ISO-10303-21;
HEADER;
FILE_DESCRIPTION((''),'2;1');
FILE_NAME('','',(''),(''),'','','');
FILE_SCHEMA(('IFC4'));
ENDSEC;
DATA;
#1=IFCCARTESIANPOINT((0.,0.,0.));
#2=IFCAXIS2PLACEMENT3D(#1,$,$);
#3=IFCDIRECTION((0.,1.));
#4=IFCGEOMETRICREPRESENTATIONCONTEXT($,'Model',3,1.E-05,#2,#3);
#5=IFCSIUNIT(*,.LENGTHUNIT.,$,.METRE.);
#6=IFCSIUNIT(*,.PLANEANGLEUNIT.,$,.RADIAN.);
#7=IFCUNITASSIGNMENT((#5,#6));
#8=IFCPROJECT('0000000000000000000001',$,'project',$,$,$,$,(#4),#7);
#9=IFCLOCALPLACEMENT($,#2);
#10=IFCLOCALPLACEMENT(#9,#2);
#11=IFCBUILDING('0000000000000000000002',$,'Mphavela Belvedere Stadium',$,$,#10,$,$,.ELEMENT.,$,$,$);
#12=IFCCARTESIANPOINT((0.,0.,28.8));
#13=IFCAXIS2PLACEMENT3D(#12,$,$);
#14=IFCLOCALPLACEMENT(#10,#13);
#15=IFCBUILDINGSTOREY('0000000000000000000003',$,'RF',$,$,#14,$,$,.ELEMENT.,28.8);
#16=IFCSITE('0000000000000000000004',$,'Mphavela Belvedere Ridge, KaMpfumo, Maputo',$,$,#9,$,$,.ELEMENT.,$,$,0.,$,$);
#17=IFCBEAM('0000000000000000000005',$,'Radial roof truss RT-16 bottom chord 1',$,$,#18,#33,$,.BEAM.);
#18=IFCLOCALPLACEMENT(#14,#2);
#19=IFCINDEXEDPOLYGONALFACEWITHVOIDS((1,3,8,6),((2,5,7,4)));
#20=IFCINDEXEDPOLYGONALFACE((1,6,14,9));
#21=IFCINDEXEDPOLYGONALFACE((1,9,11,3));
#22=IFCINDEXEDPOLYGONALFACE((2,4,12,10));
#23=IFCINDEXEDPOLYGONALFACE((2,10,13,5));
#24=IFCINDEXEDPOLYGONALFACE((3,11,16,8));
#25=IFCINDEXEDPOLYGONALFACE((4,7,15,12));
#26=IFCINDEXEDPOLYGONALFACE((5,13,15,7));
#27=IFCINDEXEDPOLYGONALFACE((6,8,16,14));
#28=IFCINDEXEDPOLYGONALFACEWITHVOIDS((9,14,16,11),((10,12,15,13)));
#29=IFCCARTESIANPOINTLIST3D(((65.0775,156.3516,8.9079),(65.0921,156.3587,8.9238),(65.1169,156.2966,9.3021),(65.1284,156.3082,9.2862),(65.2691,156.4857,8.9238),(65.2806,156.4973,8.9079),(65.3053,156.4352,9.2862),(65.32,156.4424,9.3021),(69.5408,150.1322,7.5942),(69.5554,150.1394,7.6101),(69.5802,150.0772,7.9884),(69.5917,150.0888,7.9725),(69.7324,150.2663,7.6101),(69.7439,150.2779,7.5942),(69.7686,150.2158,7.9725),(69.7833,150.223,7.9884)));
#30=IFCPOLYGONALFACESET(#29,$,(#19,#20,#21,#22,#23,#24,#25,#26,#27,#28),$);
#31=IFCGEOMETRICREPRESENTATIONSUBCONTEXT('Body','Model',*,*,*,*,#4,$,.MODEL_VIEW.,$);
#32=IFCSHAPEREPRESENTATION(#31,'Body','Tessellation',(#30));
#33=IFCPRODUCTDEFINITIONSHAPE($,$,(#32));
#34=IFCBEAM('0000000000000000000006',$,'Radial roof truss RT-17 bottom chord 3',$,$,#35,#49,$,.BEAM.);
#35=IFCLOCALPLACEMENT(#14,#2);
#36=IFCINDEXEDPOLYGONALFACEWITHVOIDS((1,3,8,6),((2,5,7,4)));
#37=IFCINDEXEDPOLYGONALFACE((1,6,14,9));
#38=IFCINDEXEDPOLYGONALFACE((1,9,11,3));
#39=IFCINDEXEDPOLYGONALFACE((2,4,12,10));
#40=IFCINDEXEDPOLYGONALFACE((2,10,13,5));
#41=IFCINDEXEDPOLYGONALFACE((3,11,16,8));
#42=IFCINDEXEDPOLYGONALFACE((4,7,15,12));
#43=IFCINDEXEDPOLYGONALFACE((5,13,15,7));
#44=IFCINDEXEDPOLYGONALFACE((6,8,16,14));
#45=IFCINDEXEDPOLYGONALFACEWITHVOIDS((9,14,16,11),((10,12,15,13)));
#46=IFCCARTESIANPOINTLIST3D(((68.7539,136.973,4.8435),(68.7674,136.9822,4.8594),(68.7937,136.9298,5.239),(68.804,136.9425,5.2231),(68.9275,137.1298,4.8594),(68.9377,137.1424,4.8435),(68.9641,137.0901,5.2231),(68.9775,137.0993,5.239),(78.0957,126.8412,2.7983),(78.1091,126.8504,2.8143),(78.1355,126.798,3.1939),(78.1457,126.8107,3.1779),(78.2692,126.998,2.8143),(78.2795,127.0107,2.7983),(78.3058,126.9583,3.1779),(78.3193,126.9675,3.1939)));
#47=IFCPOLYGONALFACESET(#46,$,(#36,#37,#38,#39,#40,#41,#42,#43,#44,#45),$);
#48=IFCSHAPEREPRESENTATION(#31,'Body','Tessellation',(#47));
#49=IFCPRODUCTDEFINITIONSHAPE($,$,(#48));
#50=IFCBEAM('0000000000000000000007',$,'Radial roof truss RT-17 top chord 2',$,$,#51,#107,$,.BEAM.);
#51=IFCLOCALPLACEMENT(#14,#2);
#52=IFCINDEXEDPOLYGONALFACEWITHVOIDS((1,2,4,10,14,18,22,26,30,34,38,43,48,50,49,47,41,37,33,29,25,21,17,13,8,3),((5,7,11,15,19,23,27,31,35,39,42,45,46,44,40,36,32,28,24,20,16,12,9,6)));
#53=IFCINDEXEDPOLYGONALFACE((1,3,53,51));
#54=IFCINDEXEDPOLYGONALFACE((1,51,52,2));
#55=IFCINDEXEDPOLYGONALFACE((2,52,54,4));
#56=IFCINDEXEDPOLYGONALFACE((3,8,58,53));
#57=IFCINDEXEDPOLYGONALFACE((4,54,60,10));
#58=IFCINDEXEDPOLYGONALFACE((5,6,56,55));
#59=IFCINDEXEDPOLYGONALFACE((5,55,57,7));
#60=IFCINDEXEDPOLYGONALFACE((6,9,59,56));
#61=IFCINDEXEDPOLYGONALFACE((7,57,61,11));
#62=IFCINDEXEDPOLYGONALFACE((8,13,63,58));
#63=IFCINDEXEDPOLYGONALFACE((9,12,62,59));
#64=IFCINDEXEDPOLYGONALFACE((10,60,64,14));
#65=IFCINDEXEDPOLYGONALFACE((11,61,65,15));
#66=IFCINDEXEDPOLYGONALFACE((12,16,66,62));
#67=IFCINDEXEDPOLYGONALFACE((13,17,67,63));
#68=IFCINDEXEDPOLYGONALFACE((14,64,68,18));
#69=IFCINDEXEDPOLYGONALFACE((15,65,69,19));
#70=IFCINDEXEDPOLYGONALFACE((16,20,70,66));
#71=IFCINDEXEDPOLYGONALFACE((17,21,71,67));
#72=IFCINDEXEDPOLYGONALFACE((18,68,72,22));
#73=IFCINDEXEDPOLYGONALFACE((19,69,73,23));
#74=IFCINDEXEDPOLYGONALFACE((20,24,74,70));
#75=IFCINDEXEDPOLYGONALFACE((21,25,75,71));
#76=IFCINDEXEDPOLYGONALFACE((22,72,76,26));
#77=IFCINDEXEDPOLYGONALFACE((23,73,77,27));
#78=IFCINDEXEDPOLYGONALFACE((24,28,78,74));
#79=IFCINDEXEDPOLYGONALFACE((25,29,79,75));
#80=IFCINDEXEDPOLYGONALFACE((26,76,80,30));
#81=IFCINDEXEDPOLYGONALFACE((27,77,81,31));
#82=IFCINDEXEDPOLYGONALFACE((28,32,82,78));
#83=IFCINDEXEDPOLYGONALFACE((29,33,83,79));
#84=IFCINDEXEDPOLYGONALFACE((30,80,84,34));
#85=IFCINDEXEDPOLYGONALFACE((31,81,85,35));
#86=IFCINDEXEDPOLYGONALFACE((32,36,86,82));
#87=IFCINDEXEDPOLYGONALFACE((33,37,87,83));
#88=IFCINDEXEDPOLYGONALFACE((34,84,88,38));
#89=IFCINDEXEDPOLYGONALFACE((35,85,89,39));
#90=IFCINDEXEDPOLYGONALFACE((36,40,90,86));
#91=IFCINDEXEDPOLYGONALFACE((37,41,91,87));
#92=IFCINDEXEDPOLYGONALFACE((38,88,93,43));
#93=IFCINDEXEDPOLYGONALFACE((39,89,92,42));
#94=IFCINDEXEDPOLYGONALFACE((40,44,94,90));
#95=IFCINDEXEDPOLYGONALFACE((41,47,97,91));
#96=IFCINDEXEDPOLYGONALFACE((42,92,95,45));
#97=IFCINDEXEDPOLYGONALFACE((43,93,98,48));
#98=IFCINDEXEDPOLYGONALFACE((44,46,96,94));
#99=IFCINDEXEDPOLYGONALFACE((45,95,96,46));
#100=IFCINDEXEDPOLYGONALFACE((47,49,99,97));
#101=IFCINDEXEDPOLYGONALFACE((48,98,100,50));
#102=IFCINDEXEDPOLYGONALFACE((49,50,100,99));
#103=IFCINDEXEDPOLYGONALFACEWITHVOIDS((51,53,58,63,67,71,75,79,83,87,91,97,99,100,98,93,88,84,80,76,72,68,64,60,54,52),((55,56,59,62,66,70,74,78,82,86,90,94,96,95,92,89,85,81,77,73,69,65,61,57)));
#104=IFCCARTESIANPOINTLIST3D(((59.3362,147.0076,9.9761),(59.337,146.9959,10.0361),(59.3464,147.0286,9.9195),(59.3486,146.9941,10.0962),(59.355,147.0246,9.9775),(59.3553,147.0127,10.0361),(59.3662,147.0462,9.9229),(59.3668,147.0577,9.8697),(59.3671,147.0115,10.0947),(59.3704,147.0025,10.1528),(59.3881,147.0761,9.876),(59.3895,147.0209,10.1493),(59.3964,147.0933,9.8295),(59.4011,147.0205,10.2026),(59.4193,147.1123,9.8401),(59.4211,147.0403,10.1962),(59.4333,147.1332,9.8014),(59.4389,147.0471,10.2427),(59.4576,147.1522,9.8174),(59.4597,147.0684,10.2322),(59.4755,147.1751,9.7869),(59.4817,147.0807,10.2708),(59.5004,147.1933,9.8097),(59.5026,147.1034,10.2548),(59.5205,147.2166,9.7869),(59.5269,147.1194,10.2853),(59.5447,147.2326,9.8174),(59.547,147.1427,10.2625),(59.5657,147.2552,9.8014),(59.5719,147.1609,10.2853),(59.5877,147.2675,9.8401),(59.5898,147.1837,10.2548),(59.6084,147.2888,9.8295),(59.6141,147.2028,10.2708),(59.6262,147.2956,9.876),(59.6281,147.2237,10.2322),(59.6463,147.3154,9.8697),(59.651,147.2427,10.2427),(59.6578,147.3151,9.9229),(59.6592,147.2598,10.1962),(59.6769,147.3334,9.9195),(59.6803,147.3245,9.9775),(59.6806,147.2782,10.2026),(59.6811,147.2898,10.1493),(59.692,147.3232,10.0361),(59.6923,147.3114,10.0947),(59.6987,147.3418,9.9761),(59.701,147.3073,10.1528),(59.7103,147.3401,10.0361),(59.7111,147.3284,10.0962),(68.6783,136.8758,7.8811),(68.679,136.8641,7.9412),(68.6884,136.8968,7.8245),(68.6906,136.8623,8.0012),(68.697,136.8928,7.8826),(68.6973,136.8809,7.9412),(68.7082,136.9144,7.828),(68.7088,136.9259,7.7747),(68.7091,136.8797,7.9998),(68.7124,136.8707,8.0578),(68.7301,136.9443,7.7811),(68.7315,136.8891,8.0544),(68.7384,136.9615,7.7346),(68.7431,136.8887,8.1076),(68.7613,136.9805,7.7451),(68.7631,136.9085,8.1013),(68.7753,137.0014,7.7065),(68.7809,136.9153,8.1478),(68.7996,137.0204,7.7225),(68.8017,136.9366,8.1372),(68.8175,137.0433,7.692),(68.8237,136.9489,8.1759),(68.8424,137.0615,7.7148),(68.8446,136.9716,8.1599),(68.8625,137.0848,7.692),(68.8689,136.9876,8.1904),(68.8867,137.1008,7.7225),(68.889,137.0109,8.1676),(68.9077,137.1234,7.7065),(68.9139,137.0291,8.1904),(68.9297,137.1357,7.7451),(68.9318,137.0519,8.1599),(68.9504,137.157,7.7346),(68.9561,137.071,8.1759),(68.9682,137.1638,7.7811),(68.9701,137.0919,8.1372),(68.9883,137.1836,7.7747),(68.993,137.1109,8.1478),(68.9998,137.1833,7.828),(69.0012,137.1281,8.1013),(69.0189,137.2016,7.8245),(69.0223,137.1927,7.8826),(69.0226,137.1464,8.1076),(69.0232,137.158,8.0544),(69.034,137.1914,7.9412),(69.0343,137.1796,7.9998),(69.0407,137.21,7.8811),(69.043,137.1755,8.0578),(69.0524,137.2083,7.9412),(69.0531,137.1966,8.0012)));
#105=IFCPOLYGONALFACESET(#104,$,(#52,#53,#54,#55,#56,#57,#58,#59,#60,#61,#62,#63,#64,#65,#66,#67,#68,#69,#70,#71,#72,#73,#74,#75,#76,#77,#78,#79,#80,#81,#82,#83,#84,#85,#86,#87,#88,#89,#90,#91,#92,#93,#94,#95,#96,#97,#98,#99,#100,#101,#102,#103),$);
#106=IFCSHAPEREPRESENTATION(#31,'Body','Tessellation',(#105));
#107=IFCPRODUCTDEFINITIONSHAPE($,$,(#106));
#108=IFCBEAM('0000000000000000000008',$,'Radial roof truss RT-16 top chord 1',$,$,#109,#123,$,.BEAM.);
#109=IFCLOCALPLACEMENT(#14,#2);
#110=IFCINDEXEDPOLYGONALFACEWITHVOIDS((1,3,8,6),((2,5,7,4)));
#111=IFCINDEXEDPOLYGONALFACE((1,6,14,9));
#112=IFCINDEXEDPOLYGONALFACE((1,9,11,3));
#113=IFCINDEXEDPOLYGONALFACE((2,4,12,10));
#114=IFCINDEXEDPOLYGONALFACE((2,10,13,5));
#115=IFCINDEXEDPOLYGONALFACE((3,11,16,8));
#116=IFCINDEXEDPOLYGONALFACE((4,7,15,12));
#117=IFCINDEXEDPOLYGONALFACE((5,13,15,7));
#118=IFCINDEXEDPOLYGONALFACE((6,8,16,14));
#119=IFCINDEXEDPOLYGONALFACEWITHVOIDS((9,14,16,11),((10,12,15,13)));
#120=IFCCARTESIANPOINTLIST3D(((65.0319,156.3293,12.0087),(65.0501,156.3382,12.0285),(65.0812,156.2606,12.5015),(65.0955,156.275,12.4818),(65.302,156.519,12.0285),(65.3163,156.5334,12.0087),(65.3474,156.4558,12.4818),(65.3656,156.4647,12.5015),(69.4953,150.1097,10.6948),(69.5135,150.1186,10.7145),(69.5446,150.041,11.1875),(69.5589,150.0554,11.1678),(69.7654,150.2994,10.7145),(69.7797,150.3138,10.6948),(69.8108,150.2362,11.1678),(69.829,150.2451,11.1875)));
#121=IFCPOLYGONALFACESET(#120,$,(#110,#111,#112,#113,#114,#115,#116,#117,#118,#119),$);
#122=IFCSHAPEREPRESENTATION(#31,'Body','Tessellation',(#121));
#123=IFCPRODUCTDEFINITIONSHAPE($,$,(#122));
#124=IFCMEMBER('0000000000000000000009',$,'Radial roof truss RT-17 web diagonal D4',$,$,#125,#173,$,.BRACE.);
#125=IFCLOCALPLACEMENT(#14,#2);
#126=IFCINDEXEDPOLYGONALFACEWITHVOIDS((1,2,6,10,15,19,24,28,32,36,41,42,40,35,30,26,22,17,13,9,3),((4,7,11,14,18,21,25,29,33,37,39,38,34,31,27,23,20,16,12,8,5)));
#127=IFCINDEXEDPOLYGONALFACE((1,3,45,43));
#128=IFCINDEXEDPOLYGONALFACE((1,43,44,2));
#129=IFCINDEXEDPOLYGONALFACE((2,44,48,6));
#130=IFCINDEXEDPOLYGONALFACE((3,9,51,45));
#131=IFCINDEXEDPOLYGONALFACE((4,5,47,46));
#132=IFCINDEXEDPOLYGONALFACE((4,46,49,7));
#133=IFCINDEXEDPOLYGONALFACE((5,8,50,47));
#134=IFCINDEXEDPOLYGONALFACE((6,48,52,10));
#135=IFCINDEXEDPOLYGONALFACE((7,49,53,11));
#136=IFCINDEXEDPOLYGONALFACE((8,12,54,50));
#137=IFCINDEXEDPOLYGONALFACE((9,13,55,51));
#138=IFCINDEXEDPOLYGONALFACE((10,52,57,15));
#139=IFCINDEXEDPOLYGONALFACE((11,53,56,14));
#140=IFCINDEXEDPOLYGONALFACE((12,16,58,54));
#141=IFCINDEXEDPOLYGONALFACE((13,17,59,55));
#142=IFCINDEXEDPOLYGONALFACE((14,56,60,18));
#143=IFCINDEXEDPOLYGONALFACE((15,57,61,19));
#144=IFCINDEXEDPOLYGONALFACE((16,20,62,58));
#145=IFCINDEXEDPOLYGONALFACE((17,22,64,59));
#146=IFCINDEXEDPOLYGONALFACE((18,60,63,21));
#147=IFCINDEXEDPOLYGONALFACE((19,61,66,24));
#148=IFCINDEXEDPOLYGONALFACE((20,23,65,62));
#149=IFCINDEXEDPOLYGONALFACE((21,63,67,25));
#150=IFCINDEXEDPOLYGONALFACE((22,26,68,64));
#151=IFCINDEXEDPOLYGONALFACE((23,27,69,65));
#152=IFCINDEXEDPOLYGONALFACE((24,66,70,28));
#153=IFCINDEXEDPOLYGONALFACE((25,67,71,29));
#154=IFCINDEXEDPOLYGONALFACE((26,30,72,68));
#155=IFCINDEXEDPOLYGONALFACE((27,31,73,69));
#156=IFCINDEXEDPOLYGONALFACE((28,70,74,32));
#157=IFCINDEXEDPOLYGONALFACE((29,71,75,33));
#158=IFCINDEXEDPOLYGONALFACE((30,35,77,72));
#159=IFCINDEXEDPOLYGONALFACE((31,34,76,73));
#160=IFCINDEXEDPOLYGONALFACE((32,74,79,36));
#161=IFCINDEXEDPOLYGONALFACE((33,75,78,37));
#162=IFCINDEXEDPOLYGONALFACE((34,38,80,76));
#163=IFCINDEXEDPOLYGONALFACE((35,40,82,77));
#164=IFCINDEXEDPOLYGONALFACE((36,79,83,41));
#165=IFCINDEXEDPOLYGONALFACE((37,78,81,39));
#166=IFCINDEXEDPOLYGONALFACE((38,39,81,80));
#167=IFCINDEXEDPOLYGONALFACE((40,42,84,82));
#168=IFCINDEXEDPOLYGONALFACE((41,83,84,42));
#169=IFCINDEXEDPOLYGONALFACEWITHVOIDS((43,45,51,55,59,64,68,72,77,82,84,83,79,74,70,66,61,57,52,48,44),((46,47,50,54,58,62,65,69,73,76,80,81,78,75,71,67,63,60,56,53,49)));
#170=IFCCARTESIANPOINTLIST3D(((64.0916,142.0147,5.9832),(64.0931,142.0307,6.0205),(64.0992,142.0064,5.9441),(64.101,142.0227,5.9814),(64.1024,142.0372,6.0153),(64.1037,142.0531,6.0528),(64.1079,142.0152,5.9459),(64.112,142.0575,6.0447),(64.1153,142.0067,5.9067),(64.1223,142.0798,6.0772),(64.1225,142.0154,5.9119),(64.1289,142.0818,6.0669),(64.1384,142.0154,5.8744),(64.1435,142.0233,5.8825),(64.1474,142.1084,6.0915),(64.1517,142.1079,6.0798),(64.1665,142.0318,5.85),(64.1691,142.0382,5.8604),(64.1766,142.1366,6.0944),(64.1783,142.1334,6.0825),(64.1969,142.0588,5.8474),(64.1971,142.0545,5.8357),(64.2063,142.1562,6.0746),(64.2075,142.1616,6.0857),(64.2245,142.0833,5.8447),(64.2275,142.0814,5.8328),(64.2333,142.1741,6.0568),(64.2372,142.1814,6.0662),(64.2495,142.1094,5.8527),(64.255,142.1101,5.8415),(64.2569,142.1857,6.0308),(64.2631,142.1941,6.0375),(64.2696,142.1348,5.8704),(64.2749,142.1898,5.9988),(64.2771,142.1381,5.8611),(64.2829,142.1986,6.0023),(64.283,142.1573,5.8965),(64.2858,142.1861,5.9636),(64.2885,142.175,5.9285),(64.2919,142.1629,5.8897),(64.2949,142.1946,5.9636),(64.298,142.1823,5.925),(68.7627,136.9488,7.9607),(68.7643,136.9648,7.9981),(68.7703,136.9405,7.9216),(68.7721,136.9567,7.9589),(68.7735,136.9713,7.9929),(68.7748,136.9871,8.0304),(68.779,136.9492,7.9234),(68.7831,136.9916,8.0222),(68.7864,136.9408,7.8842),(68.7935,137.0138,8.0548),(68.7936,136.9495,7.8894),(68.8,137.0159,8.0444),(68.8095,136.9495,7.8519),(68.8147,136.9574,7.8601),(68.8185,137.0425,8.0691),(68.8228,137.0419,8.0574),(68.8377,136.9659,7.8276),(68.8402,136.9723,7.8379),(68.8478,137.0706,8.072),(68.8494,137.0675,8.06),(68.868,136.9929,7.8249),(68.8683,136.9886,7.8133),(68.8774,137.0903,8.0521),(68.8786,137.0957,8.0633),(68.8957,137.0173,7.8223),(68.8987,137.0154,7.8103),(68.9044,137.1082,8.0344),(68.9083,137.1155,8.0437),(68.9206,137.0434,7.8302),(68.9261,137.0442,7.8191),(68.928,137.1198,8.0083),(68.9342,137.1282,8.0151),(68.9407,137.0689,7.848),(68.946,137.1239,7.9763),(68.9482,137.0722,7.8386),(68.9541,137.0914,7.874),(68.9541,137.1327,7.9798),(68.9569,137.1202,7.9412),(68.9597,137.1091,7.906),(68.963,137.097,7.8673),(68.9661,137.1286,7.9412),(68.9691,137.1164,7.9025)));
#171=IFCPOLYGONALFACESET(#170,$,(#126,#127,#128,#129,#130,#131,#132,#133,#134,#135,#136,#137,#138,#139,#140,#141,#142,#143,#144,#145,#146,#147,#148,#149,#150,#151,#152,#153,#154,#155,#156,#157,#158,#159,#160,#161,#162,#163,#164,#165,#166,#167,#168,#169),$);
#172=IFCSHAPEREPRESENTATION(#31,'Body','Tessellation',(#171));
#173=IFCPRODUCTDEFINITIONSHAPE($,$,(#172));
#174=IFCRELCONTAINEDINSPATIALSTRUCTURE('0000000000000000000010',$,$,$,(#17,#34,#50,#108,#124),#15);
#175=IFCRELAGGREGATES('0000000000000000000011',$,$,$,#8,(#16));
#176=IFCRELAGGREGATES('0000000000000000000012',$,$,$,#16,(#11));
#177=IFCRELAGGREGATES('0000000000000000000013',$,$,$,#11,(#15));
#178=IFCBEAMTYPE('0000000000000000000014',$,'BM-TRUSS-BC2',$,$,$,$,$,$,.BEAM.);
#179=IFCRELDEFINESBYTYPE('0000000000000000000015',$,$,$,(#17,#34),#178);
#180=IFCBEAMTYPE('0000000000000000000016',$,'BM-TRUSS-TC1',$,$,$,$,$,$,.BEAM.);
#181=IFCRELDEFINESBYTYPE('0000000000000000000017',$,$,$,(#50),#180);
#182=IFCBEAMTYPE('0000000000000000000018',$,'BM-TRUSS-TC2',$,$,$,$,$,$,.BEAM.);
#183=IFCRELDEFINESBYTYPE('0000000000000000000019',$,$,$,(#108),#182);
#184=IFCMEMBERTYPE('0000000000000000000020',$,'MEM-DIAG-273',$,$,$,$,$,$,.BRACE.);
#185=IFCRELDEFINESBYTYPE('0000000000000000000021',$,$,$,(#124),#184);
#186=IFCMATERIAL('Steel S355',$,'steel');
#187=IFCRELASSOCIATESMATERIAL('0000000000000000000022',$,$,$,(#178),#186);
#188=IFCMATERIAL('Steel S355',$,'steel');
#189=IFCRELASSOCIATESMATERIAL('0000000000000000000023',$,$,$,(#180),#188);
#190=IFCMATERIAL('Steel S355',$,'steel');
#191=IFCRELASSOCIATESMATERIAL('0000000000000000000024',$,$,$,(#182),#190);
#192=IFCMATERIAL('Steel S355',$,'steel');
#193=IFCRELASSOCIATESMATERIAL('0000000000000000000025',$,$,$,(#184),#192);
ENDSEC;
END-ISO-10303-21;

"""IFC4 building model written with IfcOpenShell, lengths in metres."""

from ifc_helpers import new_model, si_unit, direction, frame, origin, origin_2d, place, context, subcontext, project, spatial, hollow_rectangle, hollow_circle, extrude, material, material_profile, profile_set, type_object, element, save


model = new_model("IFC4")

# Units and contexts
model_context = context("Model", 3, precision=1e-05, world=origin(), true_north=direction((0.0, 1.0)))
body_context = subcontext(model_context, "Body", "Model", "MODEL_VIEW")
ifc_project = project(units=[si_unit("LENGTHUNIT", "METRE"), si_unit("PLANEANGLEUNIT", "RADIAN")], contexts=[model_context])

# Site, building, storey
site_placement = place(None, origin())
site = spatial("IfcSite", under=ifc_project, at=site_placement, Name="Mphavela Belvedere Ridge, KaMpfumo, Maputo", CompositionType="ELEMENT", RefElevation=0.0)
building_placement = place(site_placement, origin())
building = spatial("IfcBuilding", under=site, at=building_placement, Name="Mphavela Belvedere Stadium", CompositionType="ELEMENT")
storey_placement = place(building_placement, frame((0.0, 0.0, 28.8)))
storey = spatial("IfcBuildingStorey", under=building, at=storey_placement, Name="RF", CompositionType="ELEMENT", Elevation=28.8)

# Beams
ifc_material_1 = material(Name="Steel S355", Category="steel")
ifc_material_profile_1 = material_profile(ifc_material_1, hollow_rectangle(XDim=0.25, YDim=0.3999, WallThickness=0.0161, at=origin_2d()), Name="RHS 400x250x16")
ifc_profile_set_1 = profile_set([ifc_material_profile_1], Name="Steel S355")
beam_type_1 = type_object("IfcBeamType", Name="BM-TRUSS-BC2", PredefinedType="BEAM", material=ifc_profile_set_1)
beam_1_placement = place(storey_placement, frame((65.1987, 156.397, 9.105), z_axis=(0.574644, -0.800736, -0.169137), x_axis=(0.812441, 0.583044, 0.0)))
element("IfcBeam", 1, at=beam_1_placement, inside=storey, type_object=beam_type_1, Name="Radial roof truss RT-16 bottom chord 1", PredefinedType="BEAM", context=body_context, shape_type="SweptSolid", body=[
    extrude(hollow_rectangle(XDim=0.25, YDim=0.3999, WallThickness=0.0161, at=origin_2d()), origin(), (0.0, 0.0, 1.0), 7.7671),
])
beam_2_placement = place(storey_placement, frame((68.8657, 137.0361, 5.0413), z_axis=(0.670519, -0.727225, -0.146794), x_axis=(0.735189, 0.677862, 0.0)))
element("IfcBeam", 2, at=beam_2_placement, inside=storey, type_object=beam_type_1, Name="Radial roof truss RT-17 bottom chord 3", PredefinedType="BEAM", context=body_context, shape_type="SweptSolid", body=[
    extrude(hollow_rectangle(XDim=0.25, YDim=0.3999, WallThickness=0.0161, at=origin_2d()), origin(), (0.0, 0.0, 1.0), 13.9321),
])
ifc_material_2 = material(Name="Steel S355", Category="steel")
ifc_material_profile_2 = material_profile(ifc_material_2, hollow_circle(Radius=0.2539, WallThickness=0.0249, at=origin_2d()), Name="CHS 508x25")
ifc_profile_set_2 = profile_set([ifc_material_profile_2], Name="Steel S355")
beam_type_2 = type_object("IfcBeamType", Name="BM-TRUSS-TC1", PredefinedType="BEAM", material=ifc_profile_set_2)
beam_3_placement = place(storey_placement, frame((59.5237, 147.168, 10.0361), z_axis=(0.670173, -0.72683, -0.150287), x_axis=(0.73518, 0.677872, 0.0)))
element("IfcBeam", 3, at=beam_3_placement, inside=storey, type_object=beam_type_2, Name="Radial roof truss RT-17 top chord 2", PredefinedType="BEAM", context=body_context, shape_type="SweptSolid", body=[
    extrude(hollow_circle(Radius=0.2539, WallThickness=0.0249, at=origin_2d()), origin(), (0.0, 0.0, 1.0), 13.9397),
])
ifc_material_3 = material(Name="Steel S355", Category="steel")
ifc_material_profile_3 = material_profile(ifc_material_3, hollow_rectangle(XDim=0.3501, YDim=0.5, WallThickness=0.02, at=origin_2d()), Name="RHS 500x350x20")
ifc_profile_set_3 = profile_set([ifc_material_profile_3], Name="Steel S355")
beam_type_3 = type_object("IfcBeamType", Name="BM-TRUSS-TC2", PredefinedType="BEAM", material=ifc_profile_set_3)
beam_4_placement = place(storey_placement, frame((65.1987, 156.397, 12.2551), z_axis=(0.574641, -0.800731, -0.169167), x_axis=(0.812441, 0.583044, 0.0)))
element("IfcBeam", 4, at=beam_4_placement, inside=storey, type_object=beam_type_3, Name="Radial roof truss RT-16 top chord 1", PredefinedType="BEAM", context=body_context, shape_type="SweptSolid", body=[
    extrude(hollow_rectangle(XDim=0.3501, YDim=0.5, WallThickness=0.02, at=origin_2d()), origin(), (0.0, 0.0, 1.0), 7.7673),
])

# Member
ifc_material_4 = material(Name="Steel S355", Category="steel")
ifc_material_profile_4 = material_profile(ifc_material_4, hollow_circle(Radius=0.1365, WallThickness=0.0125, at=origin_2d()), Name="CHS 273x12.5")
ifc_profile_set_4 = profile_set([ifc_material_profile_4], Name="Steel S355")
member_type_1 = type_object("IfcMemberType", Name="MEM-DIAG-273", PredefinedType="BRACE", material=ifc_profile_set_4)
member_1_placement = place(storey_placement, frame((64.1946, 142.1021, 5.9636), z_axis=(0.65158, -0.706648, 0.275848), x_axis=(0.735171, 0.677881, 0.0)))
element("IfcMember", 5, at=member_1_placement, inside=storey, type_object=member_type_1, Name="Radial roof truss RT-17 web diagonal D4", PredefinedType="BRACE", context=body_context, shape_type="SweptSolid", body=[
    extrude(hollow_circle(Radius=0.1365, WallThickness=0.0125, at=origin_2d()), origin(), (0.0, 0.0, 1.0), 7.1689),
])

save(model, "model.ifc")
